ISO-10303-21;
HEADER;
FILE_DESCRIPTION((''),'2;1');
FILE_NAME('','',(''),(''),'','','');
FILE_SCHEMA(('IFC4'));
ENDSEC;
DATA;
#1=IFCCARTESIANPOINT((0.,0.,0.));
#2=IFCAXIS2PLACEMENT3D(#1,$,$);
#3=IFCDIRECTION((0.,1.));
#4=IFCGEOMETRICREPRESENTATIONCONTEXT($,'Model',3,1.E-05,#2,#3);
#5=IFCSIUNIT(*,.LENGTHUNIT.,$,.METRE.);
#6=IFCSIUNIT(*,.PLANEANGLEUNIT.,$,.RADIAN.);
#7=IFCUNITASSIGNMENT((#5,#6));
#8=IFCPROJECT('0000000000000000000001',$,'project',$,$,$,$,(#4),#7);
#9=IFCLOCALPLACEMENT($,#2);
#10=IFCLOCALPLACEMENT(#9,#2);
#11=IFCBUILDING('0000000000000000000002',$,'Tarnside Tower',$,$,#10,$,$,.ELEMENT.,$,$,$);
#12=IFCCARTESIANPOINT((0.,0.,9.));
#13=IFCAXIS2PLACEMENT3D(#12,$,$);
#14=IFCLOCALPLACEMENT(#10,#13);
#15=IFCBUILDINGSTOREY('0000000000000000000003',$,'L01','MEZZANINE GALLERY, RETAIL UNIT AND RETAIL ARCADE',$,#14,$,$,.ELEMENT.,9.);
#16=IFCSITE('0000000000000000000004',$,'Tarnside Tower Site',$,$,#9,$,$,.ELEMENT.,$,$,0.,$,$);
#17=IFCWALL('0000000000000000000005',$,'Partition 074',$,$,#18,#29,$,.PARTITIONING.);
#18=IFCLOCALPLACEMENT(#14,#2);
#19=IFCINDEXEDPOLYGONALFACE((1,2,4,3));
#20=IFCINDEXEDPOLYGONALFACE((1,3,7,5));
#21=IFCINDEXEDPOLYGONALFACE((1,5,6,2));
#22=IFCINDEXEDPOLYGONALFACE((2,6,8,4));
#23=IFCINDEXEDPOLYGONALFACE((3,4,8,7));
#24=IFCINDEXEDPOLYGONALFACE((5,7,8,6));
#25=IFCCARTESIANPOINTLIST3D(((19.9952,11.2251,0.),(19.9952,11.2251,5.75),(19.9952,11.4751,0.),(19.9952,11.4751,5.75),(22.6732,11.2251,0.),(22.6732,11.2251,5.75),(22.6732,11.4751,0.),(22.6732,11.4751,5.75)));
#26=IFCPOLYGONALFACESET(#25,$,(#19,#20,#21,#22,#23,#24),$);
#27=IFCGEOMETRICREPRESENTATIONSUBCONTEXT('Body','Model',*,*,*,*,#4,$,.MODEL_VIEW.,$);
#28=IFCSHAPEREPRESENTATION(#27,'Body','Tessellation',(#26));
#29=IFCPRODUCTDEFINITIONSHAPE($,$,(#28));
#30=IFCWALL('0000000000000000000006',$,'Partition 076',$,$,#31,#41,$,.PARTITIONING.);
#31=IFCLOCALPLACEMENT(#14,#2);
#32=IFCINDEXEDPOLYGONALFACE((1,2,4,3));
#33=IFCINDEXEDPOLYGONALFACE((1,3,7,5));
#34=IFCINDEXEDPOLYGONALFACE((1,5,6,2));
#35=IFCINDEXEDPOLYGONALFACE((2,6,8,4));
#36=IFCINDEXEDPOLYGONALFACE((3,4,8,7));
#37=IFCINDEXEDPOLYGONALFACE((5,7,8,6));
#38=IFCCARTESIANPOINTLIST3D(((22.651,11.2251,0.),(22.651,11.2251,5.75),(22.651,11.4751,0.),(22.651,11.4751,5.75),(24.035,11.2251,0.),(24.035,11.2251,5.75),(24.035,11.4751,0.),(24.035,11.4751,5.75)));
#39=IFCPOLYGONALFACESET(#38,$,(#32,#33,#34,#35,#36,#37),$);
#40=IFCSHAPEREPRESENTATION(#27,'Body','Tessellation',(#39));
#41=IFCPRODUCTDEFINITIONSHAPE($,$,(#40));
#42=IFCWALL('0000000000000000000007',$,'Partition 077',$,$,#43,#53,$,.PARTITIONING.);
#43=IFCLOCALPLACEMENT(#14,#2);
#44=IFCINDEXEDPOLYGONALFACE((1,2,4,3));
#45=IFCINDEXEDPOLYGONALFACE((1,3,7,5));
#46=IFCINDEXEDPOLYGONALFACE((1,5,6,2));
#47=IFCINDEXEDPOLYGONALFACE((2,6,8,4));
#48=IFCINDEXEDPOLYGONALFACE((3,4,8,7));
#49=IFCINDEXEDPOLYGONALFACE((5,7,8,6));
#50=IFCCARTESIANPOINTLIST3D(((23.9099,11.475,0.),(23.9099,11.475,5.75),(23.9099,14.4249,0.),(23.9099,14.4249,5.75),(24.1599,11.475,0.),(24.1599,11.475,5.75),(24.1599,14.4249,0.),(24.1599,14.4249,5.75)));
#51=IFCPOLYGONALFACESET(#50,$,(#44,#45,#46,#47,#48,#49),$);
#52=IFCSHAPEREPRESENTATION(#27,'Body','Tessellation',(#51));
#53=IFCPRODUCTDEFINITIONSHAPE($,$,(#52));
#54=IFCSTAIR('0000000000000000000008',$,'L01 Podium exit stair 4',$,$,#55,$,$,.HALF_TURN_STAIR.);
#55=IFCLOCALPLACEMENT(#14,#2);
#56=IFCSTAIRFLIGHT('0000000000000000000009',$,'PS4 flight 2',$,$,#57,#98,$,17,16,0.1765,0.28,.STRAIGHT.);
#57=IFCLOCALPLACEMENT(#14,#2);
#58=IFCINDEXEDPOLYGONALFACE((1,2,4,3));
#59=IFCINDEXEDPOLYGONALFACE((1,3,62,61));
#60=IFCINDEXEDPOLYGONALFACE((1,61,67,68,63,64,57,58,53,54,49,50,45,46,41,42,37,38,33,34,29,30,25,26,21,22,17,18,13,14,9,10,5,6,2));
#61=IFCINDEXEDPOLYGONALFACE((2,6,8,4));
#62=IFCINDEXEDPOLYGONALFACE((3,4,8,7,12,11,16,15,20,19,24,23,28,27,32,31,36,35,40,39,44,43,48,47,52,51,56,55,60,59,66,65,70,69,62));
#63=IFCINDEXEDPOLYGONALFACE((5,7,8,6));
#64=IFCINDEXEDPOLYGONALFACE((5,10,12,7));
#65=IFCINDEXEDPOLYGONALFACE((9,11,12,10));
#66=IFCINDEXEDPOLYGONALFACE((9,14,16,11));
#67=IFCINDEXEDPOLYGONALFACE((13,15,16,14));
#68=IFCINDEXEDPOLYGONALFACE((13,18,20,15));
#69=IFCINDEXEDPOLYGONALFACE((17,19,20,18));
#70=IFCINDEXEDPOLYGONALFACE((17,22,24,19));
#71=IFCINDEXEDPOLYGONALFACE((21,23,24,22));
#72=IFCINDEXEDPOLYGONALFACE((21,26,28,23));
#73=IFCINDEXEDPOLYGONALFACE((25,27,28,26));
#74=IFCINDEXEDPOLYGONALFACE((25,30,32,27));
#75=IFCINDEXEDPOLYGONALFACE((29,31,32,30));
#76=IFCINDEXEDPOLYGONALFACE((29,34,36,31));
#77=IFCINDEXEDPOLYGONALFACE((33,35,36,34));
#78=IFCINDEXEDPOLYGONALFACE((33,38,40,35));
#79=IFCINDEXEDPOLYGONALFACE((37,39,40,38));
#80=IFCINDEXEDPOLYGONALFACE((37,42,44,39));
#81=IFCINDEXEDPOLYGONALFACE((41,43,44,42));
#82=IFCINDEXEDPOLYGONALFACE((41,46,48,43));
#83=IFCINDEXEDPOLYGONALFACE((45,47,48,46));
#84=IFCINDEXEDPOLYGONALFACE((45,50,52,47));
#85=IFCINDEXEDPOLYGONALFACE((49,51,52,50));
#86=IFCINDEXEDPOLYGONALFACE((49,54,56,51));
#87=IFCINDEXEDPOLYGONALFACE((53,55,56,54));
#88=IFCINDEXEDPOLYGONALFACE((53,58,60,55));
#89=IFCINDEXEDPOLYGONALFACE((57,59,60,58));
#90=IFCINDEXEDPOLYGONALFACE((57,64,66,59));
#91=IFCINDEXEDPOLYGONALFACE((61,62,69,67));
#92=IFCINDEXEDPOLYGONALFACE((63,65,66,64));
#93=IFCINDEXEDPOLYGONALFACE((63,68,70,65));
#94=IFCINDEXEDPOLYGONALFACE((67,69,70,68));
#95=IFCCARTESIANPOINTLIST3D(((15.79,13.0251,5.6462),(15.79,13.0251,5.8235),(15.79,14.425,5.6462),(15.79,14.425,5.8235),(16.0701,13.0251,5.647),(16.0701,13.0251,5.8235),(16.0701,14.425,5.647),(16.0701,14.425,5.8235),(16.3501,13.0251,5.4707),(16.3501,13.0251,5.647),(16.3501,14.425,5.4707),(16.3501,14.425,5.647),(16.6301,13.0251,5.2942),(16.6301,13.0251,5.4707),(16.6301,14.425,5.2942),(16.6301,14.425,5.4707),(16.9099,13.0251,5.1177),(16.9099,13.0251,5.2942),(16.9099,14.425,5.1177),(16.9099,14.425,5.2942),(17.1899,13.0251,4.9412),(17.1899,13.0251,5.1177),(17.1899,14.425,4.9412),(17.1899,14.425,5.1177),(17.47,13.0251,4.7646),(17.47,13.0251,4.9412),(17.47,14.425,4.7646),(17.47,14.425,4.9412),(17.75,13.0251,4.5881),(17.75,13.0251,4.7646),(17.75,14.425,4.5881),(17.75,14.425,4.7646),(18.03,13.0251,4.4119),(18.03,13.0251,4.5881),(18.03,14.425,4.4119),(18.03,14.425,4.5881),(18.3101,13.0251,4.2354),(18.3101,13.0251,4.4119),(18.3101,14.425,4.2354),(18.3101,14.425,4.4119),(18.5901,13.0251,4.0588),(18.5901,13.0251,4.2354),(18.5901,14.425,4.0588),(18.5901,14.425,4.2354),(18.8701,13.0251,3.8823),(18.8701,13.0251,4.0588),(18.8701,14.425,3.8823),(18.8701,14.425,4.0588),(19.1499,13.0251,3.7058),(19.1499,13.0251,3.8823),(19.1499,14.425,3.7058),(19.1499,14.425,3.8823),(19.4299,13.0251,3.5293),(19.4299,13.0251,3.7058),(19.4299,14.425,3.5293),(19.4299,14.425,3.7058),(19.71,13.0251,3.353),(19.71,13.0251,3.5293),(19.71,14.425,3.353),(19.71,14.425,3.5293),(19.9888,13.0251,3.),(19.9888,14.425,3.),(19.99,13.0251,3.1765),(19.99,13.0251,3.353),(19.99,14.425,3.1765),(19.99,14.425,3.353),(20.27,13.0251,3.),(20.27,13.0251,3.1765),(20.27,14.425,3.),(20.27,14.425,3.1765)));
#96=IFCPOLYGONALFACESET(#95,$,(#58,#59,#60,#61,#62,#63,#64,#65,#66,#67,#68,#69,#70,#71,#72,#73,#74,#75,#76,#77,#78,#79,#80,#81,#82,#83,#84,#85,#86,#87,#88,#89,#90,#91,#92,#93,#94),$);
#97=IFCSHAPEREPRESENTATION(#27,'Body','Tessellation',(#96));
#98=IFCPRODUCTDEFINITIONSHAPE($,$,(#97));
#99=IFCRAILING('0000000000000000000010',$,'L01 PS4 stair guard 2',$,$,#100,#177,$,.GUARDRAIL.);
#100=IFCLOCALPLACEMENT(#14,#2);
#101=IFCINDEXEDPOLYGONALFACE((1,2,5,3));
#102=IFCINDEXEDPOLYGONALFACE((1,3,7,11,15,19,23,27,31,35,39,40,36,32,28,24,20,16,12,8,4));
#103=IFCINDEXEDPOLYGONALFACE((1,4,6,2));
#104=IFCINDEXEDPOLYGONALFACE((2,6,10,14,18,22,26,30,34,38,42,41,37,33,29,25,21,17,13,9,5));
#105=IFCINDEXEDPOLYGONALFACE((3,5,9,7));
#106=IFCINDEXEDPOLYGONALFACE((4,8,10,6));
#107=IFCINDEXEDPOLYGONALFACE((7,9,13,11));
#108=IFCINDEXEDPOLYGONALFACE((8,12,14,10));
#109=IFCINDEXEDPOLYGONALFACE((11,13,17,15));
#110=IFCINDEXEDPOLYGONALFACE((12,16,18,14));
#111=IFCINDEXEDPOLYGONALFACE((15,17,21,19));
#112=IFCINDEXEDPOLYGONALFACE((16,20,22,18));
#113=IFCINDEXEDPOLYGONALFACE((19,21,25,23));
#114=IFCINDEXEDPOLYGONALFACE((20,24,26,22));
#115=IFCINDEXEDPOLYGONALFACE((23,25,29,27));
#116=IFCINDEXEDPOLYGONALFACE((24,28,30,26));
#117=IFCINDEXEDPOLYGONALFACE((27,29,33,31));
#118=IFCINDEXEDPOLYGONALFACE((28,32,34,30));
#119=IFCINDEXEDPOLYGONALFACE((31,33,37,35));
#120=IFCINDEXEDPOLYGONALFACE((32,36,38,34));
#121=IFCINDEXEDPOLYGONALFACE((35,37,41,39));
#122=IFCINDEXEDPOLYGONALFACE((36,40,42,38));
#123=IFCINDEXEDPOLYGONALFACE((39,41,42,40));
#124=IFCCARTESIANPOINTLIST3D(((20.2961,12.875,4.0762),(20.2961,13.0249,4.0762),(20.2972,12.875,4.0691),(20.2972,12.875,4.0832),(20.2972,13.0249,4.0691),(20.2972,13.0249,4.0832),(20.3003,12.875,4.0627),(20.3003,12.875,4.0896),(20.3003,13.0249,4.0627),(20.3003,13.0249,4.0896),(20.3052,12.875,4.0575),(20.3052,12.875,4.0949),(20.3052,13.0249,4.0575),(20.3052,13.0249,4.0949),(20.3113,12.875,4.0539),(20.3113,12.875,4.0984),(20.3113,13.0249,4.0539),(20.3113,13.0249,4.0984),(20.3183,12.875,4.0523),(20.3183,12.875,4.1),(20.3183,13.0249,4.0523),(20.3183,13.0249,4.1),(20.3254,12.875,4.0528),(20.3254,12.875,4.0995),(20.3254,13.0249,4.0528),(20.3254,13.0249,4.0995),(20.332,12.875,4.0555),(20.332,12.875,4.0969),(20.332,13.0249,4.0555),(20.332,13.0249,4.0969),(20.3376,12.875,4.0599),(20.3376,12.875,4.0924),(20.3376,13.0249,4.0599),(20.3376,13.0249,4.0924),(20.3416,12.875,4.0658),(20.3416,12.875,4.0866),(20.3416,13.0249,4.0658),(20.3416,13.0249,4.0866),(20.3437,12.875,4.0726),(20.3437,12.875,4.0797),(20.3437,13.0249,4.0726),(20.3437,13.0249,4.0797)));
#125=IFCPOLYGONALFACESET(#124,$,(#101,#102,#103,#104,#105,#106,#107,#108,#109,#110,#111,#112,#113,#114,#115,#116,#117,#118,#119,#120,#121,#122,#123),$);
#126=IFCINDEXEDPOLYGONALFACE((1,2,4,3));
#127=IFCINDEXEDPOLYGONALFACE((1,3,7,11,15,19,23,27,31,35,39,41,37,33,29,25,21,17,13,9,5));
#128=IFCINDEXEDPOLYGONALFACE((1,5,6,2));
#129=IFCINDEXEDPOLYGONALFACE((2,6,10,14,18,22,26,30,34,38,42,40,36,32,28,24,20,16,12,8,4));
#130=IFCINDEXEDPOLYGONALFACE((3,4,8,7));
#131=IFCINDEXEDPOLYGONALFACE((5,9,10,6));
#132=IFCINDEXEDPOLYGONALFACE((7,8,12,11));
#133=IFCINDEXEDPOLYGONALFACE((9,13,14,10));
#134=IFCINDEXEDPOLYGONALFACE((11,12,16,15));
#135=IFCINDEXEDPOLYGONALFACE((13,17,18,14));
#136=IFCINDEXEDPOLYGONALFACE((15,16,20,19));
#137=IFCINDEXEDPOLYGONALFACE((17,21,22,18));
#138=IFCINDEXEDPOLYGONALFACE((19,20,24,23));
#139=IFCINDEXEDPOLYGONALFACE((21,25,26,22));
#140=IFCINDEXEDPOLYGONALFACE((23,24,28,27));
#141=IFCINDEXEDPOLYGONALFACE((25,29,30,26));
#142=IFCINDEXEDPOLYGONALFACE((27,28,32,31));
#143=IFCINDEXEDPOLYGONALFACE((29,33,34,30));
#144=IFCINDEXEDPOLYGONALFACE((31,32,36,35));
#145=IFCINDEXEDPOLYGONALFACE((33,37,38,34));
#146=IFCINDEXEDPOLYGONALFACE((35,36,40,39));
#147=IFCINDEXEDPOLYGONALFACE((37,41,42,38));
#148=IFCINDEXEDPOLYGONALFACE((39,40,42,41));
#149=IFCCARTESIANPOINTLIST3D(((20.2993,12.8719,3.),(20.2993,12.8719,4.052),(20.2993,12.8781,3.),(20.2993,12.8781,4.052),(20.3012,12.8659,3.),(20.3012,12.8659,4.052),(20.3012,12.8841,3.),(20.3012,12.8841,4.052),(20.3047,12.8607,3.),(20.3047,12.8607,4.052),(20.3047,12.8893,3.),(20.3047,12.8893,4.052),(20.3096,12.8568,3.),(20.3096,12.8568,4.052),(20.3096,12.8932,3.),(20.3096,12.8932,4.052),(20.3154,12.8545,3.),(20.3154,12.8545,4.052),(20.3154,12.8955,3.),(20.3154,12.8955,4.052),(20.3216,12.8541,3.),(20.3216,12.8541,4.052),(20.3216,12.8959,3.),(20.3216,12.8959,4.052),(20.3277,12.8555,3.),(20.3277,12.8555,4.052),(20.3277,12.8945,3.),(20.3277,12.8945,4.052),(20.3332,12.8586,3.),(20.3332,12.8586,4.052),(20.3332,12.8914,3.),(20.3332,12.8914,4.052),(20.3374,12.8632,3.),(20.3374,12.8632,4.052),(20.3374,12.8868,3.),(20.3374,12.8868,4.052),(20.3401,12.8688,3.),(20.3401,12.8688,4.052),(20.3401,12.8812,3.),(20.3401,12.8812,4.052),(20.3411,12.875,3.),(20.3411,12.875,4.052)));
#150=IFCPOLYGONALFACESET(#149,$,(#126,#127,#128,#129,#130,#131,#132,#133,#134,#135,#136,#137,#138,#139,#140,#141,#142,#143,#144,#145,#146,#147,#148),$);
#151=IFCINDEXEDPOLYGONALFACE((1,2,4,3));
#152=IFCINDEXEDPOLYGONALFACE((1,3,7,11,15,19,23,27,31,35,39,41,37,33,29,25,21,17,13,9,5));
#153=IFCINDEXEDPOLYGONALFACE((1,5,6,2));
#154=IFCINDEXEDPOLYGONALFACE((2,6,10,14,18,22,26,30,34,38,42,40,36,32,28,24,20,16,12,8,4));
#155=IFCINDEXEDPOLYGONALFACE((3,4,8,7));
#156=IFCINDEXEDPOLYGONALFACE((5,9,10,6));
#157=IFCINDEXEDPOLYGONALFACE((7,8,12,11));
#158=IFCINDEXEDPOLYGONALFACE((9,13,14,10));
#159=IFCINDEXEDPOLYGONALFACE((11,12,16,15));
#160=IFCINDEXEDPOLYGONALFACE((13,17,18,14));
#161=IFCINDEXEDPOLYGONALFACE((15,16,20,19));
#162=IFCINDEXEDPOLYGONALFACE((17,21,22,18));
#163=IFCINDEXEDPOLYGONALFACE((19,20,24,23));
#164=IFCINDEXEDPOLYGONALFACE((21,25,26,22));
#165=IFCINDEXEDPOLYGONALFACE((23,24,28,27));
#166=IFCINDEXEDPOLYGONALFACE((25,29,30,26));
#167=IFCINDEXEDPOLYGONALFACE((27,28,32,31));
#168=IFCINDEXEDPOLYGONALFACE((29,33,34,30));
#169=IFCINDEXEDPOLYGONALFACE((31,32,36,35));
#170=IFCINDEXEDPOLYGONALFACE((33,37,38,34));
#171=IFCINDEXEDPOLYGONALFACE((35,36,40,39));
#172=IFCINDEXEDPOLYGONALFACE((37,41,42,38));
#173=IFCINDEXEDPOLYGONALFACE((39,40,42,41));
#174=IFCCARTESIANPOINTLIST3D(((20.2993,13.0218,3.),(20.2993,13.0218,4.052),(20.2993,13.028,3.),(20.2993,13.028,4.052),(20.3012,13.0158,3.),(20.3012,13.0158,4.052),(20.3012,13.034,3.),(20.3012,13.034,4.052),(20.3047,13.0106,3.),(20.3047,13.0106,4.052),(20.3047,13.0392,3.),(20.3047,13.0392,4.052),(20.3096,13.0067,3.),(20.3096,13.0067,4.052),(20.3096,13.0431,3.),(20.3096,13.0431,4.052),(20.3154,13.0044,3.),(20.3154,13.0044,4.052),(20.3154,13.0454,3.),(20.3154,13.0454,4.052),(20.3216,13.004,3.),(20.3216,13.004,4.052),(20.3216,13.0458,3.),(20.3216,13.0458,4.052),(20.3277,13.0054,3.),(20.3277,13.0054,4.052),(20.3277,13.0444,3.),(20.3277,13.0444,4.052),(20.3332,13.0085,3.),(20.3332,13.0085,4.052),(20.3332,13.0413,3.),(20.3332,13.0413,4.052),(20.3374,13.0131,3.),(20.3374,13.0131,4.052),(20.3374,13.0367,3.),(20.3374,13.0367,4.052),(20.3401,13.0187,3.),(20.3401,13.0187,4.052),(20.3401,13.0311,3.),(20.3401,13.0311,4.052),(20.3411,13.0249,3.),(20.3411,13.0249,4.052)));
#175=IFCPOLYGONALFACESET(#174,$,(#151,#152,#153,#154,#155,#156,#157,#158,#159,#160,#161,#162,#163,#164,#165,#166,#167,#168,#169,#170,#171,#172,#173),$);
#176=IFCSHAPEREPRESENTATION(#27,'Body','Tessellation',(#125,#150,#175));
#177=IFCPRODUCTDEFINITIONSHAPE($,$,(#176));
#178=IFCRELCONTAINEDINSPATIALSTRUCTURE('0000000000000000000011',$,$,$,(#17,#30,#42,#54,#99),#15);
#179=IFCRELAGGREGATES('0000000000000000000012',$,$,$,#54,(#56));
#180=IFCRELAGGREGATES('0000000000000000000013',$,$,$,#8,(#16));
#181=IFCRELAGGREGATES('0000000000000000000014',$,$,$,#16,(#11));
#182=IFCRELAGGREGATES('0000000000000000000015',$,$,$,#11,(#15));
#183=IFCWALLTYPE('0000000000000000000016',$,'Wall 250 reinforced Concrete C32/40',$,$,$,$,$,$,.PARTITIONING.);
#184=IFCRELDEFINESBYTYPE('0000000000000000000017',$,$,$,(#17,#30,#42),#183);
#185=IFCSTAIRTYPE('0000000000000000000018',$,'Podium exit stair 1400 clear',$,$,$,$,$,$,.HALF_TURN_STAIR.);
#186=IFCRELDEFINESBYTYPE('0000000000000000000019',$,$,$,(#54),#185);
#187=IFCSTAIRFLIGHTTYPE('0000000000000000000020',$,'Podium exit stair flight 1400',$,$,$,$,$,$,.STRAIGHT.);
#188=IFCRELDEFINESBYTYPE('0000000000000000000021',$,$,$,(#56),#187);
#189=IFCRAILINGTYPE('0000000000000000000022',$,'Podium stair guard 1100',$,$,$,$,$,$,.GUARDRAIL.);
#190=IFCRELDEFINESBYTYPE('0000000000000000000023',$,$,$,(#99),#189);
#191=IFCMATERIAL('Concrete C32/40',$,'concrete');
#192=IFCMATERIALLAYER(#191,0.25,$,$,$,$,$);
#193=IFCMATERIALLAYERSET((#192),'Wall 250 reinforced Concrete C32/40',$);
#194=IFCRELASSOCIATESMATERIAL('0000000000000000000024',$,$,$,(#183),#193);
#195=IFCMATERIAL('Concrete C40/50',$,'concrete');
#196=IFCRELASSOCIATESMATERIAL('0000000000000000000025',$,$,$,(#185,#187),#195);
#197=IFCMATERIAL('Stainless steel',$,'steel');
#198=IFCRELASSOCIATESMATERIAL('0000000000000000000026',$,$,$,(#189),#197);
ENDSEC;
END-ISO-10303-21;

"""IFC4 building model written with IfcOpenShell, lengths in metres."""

from ifc_helpers import new_model, si_unit, direction, frame, frame_2d, origin, origin_2d, place, context, subcontext, project, spatial, polyline, rectangle, circle, outline, extrude, material, layer, layer_set, type_object, element, aggregate, save


model = new_model("IFC4")

# Units and contexts
model_context = context("Model", 3, precision=1e-05, world=origin(), true_north=direction((0.0, 1.0)))
body_context = subcontext(model_context, "Body", "Model", "MODEL_VIEW")
ifc_project = project(units=[si_unit("LENGTHUNIT", "METRE"), si_unit("PLANEANGLEUNIT", "RADIAN")], contexts=[model_context])

# Site, building, storey
site_placement = place(None, origin())
site = spatial("IfcSite", under=ifc_project, at=site_placement, Name="Tarnside Tower Site", CompositionType="ELEMENT", RefElevation=0.0)
building_placement = place(site_placement, origin())
building = spatial("IfcBuilding", under=site, at=building_placement, Name="Tarnside Tower", CompositionType="ELEMENT")
storey_placement = place(building_placement, frame((0.0, 0.0, 9.0)))
storey = spatial("IfcBuildingStorey", under=building, at=storey_placement, Name="L01", Description="MEZZANINE GALLERY, RETAIL UNIT AND RETAIL ARCADE", CompositionType="ELEMENT", Elevation=9.0)

# Walls
ifc_material_1 = material(Name="Concrete C32/40", Category="concrete")
ifc_layer_1 = layer(ifc_material_1, 0.25)
ifc_layer_set_1 = layer_set([ifc_layer_1], Name="Wall 250 reinforced Concrete C32/40")
wall_type = type_object("IfcWallType", Name="Wall 250 reinforced Concrete C32/40", PredefinedType="PARTITIONING", material=ifc_layer_set_1)
wall_1_placement = place(storey_placement, frame((22.6731, 11.3501, 0.0), z_axis=(0.0, 0.0, 1.0), x_axis=(-1.0, 0.0, 0.0)))
element("IfcWall", 1, at=wall_1_placement, inside=storey, type_object=wall_type, Name="Partition 074", PredefinedType="PARTITIONING", context=body_context, shape_type="SweptSolid", body=[
    extrude(rectangle(XDim=2.678, YDim=0.25, at=frame_2d((1.3389, 0.0))), origin(), (0.0, 0.0, 1.0), 5.75),
])
wall_2_placement = place(storey_placement, frame((24.0349, 11.3501, 0.0), z_axis=(0.0, 0.0, 1.0), x_axis=(-1.0, 0.0, 0.0)))
element("IfcWall", 2, at=wall_2_placement, inside=storey, type_object=wall_type, Name="Partition 076", PredefinedType="PARTITIONING", context=body_context, shape_type="SweptSolid", body=[
    extrude(rectangle(XDim=1.384, YDim=0.25, at=frame_2d((0.6919, 0.0))), origin(), (0.0, 0.0, 1.0), 5.75),
])
wall_3_placement = place(storey_placement, frame((24.0349, 14.425, 0.0), z_axis=(0.0, 0.0, 1.0), x_axis=(0.0, -1.0, 0.0)))
element("IfcWall", 3, at=wall_3_placement, inside=storey, type_object=wall_type, Name="Partition 077", PredefinedType="PARTITIONING", context=body_context, shape_type="SweptSolid", body=[
    extrude(rectangle(XDim=2.95, YDim=0.25, at=frame_2d((1.4751, 0.0))), origin(), (0.0, 0.0, 1.0), 5.75),
])

# Stair, stair flight
ifc_material_2 = material(Name="Concrete C40/50", Category="concrete")
stair_type = type_object("IfcStairType", Name="Podium exit stair 1400 clear", PredefinedType="HALF_TURN_STAIR", material=ifc_material_2)
stair_placement = place(storey_placement, origin())
stair = element("IfcStair", 4, at=stair_placement, inside=storey, type_object=stair_type, Name="L01 Podium exit stair 4", PredefinedType="HALF_TURN_STAIR")
stair_flight_type = type_object("IfcStairFlightType", Name="Podium exit stair flight 1400", PredefinedType="STRAIGHT", material=ifc_material_2)
stair_flight_placement = place(storey_placement, frame((20.27, 13.7251, 3.0), z_axis=(0.0, 0.0, 1.0), x_axis=(-1.0, 0.0, 0.0)))
stair_flight = element("IfcStairFlight", 5, at=stair_flight_placement, type_object=stair_flight_type, Name="PS4 flight 2", NumberOfRisers=17, NumberOfTreads=16, PredefinedType="STRAIGHT", RiserHeight=0.1765, TreadLength=0.28, context=body_context, shape_type="SweptSolid", body=[
    extrude(outline(polyline([(0.0, 0.0), (0.0, 0.1765), (0.28, 0.1765), (0.28, 0.353), (0.5601, 0.353), (0.5601, 0.5293), (0.8401, 0.5293), (0.8401, 0.7058), (1.1201, 0.7058), (1.1201, 0.8823), (1.3999, 0.8823), (1.3999, 1.0588), (1.6799, 1.0588), (1.6799, 1.2354), (1.96, 1.2354), (1.96, 1.4119), (2.24, 1.4119), (2.24, 1.5881), (2.52, 1.5881), (2.52, 1.7646), (2.8, 1.7646), (2.8, 1.9412), (3.0801, 1.9412), (3.0801, 2.1177), (3.3601, 2.1177), (3.3601, 2.2942), (3.6399, 2.2942), (3.6399, 2.4707), (3.9199, 2.4707), (3.9199, 2.647), (4.2, 2.647), (4.2, 2.8235), (4.48, 2.8235), (4.48, 3.0), (4.48, 2.6462), (0.2812, 0.0), (0.0, 0.0)])), frame((0.0, 0.7, 0.0), z_axis=(0.0, -1.0, 0.0), x_axis=(1.0, 0.0, 0.0)), (0.0, 0.0, 1.0), 1.3999),
])
aggregate(stair, [stair_flight])

# Railing
ifc_material_3 = material(Name="Stainless steel", Category="steel")
railing_type_1 = type_object("IfcRailingType", Name="Podium stair guard 1100", PredefinedType="GUARDRAIL", material=ifc_material_3)
railing_1_placement = place(storey_placement, frame((20.3201, 12.875, 3.0)))
element("IfcRailing", 6, at=railing_1_placement, inside=storey, type_object=railing_type_1, Name="L01 PS4 stair guard 2", PredefinedType="GUARDRAIL", context=body_context, shape_type="SweptSolid", body=[
    extrude(circle(Radius=0.0239, at=origin_2d()), frame((0.0, 0.0, 1.0762), z_axis=(0.0, 1.0, 0.0), x_axis=(-1.0, 0.0, 0.0)), (0.0, 0.0, 1.0), 0.1499),
    extrude(circle(Radius=0.021, at=origin_2d()), origin(), (0.0, 0.0, 1.0), 1.052),
    extrude(circle(Radius=0.021, at=origin_2d()), frame((0.0, 0.1499, 0.0)), (0.0, 0.0, 1.0), 1.052),
])

save(model, "model.ifc")
